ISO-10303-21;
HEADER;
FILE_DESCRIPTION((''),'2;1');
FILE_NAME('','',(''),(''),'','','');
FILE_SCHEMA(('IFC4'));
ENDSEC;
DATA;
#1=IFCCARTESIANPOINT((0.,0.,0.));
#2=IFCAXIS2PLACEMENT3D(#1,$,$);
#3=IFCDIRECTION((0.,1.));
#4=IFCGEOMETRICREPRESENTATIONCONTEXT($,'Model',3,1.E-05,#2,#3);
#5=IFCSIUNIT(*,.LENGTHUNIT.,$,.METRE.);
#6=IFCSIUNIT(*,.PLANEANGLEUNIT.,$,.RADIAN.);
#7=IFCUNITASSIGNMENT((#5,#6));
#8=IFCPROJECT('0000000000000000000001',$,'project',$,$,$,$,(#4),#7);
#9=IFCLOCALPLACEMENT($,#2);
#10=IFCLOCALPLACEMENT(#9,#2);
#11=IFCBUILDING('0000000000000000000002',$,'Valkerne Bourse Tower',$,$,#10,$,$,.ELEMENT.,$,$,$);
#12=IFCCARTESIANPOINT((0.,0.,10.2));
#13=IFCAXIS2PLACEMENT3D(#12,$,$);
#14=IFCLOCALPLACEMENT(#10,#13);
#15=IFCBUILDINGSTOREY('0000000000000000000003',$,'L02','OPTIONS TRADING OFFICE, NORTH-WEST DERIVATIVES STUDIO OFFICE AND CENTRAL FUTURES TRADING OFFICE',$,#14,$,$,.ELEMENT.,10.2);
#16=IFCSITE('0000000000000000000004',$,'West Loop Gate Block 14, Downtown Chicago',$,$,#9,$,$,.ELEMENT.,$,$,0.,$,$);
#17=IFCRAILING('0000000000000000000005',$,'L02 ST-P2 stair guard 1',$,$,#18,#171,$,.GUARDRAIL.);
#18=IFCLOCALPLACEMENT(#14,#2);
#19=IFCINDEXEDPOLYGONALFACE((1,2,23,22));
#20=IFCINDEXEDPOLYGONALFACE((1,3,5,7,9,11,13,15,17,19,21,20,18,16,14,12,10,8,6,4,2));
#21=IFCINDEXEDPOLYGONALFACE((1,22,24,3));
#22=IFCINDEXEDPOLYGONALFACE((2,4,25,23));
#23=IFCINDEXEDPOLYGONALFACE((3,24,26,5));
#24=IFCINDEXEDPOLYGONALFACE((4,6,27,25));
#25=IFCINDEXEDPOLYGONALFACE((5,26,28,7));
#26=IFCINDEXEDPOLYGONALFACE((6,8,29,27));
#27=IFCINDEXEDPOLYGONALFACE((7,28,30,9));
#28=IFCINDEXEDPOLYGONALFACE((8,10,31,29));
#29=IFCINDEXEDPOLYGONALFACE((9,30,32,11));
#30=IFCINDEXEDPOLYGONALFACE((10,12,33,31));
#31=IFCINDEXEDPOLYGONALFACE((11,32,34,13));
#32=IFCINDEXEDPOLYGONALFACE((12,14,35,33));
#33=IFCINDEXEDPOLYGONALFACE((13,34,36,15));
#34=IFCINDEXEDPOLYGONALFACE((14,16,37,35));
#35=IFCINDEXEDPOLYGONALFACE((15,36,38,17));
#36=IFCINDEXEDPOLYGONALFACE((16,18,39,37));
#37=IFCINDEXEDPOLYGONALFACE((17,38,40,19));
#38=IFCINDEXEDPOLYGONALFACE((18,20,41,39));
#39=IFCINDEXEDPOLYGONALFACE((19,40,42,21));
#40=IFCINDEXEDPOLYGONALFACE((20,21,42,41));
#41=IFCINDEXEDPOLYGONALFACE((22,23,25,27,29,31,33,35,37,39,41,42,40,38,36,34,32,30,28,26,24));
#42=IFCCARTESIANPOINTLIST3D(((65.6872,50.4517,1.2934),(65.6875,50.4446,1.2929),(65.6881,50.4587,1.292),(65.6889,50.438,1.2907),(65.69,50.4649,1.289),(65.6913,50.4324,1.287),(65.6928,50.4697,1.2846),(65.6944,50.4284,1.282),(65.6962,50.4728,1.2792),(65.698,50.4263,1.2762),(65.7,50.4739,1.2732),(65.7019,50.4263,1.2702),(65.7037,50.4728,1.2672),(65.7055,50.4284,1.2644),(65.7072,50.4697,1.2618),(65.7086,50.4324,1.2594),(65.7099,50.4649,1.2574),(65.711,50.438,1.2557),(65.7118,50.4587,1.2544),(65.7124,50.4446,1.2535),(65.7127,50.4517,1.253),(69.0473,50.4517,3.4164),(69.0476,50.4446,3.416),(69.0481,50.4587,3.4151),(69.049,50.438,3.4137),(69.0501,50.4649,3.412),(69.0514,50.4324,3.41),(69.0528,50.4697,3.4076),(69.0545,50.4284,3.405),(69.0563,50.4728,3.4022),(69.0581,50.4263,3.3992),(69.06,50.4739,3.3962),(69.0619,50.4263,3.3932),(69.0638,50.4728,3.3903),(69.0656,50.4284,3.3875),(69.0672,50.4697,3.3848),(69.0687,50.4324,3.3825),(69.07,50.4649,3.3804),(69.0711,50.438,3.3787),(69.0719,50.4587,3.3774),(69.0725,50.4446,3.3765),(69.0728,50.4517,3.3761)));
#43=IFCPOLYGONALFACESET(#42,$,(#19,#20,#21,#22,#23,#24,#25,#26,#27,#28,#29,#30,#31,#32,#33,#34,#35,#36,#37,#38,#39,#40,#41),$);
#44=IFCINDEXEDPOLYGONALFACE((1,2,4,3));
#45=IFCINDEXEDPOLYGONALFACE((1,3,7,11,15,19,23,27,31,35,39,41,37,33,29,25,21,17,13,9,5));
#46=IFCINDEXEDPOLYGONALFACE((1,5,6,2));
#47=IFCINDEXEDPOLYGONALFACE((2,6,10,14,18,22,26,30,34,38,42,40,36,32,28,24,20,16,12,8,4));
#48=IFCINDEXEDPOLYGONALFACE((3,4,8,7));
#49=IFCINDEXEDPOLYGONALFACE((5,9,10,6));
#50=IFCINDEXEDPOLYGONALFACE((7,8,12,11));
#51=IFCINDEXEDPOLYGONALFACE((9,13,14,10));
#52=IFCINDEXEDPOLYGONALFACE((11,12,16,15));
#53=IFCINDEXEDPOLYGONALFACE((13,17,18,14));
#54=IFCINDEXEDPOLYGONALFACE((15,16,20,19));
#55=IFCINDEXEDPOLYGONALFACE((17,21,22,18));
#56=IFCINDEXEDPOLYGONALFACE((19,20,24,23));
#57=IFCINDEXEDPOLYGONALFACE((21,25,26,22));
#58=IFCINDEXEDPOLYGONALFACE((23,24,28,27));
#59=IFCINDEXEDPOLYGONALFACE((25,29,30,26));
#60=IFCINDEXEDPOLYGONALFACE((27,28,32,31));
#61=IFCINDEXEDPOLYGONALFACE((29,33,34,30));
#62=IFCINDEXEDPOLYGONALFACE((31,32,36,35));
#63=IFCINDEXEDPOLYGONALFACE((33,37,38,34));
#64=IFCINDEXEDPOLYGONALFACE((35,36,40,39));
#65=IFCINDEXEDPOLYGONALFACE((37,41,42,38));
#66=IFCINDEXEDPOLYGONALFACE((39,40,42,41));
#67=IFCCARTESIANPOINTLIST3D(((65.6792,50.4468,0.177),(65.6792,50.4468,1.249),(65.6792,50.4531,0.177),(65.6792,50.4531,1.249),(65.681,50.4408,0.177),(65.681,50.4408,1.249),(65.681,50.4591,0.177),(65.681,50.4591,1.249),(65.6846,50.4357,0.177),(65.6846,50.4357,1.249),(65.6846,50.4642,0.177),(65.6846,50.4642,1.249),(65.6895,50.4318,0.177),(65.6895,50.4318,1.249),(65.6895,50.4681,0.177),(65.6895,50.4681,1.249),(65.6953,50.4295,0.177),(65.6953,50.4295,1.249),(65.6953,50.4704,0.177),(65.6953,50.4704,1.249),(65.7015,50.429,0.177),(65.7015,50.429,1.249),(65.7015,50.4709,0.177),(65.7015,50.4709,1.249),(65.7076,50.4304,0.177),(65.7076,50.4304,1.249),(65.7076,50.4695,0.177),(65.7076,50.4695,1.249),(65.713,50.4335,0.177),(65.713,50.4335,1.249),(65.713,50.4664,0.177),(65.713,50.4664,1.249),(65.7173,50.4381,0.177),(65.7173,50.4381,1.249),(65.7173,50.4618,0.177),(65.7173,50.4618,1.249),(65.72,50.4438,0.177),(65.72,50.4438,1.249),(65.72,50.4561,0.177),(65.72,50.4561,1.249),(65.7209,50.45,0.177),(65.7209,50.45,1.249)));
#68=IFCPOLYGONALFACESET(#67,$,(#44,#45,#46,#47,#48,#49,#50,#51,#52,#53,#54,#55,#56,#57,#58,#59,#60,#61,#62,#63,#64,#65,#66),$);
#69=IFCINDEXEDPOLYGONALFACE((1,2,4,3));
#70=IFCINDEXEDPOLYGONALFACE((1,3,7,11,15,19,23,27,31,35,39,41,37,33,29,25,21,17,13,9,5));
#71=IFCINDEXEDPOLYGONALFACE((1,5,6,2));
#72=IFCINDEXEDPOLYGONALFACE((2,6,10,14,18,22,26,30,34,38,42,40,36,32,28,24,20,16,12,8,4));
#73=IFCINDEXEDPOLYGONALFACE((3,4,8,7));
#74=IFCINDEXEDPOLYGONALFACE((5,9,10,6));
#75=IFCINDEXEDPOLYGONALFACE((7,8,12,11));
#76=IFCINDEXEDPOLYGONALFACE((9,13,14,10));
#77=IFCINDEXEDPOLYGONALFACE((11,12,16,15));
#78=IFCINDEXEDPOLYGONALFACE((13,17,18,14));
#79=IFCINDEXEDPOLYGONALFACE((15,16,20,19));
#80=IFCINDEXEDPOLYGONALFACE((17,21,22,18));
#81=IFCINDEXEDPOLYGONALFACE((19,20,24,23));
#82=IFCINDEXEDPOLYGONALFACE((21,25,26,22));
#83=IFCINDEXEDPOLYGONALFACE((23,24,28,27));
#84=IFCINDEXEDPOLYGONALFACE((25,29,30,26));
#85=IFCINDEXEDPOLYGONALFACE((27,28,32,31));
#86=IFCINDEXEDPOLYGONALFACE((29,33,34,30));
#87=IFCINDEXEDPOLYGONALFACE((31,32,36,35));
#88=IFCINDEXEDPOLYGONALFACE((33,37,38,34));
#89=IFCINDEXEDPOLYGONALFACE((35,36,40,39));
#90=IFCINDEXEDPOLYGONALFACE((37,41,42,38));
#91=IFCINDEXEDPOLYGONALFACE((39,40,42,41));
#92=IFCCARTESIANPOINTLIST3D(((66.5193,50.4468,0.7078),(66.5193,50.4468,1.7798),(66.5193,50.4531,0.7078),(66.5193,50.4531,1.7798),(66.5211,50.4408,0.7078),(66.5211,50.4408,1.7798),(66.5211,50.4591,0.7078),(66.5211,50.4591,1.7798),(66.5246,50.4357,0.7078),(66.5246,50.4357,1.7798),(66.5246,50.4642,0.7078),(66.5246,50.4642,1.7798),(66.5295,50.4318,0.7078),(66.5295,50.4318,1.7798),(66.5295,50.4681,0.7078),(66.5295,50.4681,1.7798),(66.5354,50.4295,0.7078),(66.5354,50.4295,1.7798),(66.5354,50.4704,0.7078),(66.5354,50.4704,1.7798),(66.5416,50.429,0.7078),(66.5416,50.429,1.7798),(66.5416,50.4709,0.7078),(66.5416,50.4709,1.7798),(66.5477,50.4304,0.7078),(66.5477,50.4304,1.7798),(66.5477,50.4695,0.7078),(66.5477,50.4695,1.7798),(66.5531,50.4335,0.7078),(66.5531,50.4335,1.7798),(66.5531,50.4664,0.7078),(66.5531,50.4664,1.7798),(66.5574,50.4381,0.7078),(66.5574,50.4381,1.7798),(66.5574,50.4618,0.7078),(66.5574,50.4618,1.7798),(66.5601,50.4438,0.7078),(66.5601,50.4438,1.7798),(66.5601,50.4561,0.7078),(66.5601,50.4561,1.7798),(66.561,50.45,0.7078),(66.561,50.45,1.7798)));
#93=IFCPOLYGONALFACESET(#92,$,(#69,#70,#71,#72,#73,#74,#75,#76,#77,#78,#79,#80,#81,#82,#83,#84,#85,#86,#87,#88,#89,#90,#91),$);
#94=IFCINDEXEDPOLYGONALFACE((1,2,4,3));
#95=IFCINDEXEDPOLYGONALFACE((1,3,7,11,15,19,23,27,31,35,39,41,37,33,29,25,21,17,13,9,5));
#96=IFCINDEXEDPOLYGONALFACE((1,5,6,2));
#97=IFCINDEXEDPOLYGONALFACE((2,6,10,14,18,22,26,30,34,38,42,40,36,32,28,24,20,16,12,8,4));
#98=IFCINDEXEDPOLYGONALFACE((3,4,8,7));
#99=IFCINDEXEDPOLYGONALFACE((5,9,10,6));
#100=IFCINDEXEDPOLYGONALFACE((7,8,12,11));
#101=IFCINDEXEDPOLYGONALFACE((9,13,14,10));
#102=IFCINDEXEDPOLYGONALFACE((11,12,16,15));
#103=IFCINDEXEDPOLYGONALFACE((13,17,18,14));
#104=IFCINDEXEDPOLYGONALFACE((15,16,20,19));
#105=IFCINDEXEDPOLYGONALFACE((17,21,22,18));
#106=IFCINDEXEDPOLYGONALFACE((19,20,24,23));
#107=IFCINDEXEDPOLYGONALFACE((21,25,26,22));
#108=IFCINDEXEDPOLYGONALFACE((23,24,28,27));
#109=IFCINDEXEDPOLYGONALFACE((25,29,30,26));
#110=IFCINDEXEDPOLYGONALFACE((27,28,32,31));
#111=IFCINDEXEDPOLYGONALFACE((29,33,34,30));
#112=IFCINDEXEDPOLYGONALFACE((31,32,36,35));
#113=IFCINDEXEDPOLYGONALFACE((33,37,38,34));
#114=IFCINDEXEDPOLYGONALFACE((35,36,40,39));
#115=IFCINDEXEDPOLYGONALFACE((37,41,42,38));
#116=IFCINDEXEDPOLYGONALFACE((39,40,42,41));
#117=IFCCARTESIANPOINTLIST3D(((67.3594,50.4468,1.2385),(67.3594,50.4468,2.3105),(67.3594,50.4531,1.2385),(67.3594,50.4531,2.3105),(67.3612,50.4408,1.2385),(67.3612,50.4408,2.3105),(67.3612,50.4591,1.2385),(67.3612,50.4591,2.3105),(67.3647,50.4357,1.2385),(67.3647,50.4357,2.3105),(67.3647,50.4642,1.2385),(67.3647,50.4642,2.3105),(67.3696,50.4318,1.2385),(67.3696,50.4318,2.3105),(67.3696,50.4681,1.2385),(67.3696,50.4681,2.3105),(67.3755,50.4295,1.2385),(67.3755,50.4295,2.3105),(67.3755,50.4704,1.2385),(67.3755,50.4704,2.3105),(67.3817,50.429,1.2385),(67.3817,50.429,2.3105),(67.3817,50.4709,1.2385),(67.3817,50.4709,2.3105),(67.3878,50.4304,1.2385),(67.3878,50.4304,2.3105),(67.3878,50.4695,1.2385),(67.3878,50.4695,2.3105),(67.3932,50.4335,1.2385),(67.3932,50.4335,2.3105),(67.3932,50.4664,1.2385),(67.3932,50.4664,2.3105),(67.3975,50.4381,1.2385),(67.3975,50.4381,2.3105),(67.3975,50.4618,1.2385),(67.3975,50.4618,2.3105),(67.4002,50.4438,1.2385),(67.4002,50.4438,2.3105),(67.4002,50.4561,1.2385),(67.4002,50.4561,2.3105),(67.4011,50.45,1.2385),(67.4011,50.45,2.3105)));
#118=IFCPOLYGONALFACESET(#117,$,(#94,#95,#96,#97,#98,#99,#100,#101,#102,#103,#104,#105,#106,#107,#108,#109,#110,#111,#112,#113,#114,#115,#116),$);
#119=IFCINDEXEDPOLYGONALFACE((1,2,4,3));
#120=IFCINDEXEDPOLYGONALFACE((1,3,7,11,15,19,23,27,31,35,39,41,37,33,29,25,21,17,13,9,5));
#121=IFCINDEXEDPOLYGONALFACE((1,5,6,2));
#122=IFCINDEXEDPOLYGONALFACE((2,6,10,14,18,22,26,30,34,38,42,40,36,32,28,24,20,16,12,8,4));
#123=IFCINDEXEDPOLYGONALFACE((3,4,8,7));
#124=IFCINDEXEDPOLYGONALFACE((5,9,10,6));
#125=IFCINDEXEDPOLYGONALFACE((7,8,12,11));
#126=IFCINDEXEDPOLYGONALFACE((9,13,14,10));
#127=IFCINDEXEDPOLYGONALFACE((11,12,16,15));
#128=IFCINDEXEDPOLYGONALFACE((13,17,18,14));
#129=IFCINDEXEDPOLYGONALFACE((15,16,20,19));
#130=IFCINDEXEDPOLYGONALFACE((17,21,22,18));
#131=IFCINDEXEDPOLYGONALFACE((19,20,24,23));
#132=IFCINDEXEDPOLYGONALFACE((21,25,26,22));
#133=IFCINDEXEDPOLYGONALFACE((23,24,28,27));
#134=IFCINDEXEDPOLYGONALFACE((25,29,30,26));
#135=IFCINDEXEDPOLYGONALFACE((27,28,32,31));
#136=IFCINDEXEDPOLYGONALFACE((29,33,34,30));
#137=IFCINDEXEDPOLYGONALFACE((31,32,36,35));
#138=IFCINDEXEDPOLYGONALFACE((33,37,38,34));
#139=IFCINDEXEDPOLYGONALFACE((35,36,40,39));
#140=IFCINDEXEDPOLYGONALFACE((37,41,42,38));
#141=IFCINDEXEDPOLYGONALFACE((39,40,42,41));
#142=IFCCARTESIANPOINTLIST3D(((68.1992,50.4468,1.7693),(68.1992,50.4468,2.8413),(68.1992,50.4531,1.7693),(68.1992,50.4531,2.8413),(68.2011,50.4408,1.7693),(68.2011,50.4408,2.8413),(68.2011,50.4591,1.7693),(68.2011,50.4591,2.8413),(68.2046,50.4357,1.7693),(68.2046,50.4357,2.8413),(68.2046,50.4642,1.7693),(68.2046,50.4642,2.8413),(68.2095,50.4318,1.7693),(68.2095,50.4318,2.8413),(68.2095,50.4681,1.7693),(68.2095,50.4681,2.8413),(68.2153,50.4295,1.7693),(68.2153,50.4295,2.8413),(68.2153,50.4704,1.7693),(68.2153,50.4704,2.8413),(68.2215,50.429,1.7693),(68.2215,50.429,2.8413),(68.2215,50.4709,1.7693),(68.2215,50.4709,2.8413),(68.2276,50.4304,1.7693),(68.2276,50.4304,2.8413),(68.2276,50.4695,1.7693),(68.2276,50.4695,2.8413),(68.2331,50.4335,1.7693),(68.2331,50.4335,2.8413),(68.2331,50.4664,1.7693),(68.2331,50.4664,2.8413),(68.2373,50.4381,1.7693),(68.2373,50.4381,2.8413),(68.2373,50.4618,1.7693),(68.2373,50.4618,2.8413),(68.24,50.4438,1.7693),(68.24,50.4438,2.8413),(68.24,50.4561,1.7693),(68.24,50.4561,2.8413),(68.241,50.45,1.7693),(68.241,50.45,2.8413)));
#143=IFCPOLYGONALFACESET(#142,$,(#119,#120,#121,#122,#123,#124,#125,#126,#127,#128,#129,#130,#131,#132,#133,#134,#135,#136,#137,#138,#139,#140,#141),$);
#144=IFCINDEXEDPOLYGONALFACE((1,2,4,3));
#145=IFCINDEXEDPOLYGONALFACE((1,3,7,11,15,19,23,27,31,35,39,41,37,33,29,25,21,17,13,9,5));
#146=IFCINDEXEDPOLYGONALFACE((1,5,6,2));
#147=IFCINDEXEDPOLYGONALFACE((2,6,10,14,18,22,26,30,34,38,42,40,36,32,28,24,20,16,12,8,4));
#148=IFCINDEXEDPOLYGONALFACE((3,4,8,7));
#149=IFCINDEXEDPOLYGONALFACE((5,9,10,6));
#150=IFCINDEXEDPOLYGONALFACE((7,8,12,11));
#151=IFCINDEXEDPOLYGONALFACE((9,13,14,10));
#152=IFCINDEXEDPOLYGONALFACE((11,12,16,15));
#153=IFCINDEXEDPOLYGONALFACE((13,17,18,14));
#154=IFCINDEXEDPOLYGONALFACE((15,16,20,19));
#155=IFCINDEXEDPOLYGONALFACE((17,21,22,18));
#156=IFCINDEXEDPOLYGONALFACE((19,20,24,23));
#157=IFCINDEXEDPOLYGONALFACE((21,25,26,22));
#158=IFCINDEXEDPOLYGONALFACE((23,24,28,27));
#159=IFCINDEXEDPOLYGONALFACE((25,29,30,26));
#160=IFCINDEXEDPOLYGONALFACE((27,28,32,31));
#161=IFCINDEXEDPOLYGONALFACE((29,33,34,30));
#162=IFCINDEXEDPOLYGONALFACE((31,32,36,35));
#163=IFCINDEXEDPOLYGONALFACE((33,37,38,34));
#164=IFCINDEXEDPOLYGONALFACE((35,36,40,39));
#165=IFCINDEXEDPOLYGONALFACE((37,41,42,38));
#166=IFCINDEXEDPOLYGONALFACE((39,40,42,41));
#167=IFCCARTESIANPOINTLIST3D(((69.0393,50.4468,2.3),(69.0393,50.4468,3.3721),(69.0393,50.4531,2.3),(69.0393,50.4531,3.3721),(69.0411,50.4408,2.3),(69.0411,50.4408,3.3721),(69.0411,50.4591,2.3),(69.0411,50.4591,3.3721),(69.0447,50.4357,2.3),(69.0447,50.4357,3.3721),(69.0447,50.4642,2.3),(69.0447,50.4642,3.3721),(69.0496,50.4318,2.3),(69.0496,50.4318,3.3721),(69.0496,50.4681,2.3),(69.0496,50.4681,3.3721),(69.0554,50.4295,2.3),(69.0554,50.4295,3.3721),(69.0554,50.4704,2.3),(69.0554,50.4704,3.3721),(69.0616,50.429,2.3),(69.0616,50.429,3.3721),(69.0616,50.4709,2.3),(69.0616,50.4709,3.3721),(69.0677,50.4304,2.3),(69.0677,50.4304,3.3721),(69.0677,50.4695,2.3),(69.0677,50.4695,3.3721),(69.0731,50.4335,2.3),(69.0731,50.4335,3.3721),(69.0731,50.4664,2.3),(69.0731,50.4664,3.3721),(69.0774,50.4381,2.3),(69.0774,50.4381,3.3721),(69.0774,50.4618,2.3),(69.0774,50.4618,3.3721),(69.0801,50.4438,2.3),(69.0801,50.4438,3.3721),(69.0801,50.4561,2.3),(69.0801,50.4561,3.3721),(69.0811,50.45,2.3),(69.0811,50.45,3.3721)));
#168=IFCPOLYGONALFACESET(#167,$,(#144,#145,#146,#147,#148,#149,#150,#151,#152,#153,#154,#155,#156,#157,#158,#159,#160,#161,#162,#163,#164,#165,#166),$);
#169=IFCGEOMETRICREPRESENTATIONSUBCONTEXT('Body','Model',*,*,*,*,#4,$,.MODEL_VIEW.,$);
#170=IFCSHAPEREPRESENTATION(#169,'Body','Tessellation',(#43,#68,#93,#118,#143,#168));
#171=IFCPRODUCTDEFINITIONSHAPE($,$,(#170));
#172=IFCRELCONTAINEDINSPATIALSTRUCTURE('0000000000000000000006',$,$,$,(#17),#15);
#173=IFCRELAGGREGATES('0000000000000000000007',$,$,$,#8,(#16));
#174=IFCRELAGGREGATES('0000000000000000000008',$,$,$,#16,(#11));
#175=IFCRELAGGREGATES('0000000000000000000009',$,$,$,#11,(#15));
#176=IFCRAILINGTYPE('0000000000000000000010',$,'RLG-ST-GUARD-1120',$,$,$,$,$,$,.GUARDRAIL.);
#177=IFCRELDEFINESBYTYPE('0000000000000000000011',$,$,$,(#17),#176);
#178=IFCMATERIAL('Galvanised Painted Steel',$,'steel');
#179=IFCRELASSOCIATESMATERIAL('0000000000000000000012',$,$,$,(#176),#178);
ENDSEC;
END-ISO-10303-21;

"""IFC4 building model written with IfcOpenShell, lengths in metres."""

from ifc_helpers import new_model, si_unit, direction, frame, origin, origin_2d, place, context, subcontext, project, spatial, circle, extrude, material, type_object, element, save


model = new_model("IFC4")

# Units and contexts
model_context = context("Model", 3, precision=1e-05, world=origin(), true_north=direction((0.0, 1.0)))
body_context = subcontext(model_context, "Body", "Model", "MODEL_VIEW")
ifc_project = project(units=[si_unit("LENGTHUNIT", "METRE"), si_unit("PLANEANGLEUNIT", "RADIAN")], contexts=[model_context])

# Site, building, storey
site_placement = place(None, origin())
site = spatial("IfcSite", under=ifc_project, at=site_placement, Name="West Loop Gate Block 14, Downtown Chicago", CompositionType="ELEMENT", RefElevation=0.0)
building_placement = place(site_placement, origin())
building = spatial("IfcBuilding", under=site, at=building_placement, Name="Valkerne Bourse Tower", CompositionType="ELEMENT")
storey_placement = place(building_placement, frame((0.0, 0.0, 10.2)))
storey = spatial("IfcBuildingStorey", under=building, at=storey_placement, Name="L02", Description="OPTIONS TRADING OFFICE, NORTH-WEST DERIVATIVES STUDIO OFFICE AND CENTRAL FUTURES TRADING OFFICE", CompositionType="ELEMENT", Elevation=10.2)

# Railing
ifc_material_1 = material(Name="Galvanised Painted Steel", Category="steel")
railing_type_1 = type_object("IfcRailingType", Name="RLG-ST-GUARD-1120", PredefinedType="GUARDRAIL", material=ifc_material_1)
railing_1_placement = place(storey_placement, frame((65.7, 50.45, 0.177)))
element("IfcRailing", 1, at=railing_1_placement, inside=storey, type_object=railing_type_1, Name="L02 ST-P2 stair guard 1", PredefinedType="GUARDRAIL", context=body_context, shape_type="SweptSolid", body=[
    extrude(circle(Radius=0.0239, at=origin_2d()), frame((0.0, 0.0, 1.0962), z_axis=(0.84539, 0.0, 0.53415), x_axis=(0.0, 1.0, 0.0)), (0.0, 0.0, 1.0), 3.9746),
    extrude(circle(Radius=0.021, at=origin_2d()), origin(), (0.0, 0.0, 1.0), 1.072),
    extrude(circle(Radius=0.021, at=origin_2d()), frame((0.8401, 0.0, 0.5308)), (0.0, 0.0, 1.0), 1.072),
    extrude(circle(Radius=0.021, at=origin_2d()), frame((1.6802, 0.0, 1.0615)), (0.0, 0.0, 1.0), 1.072),
    extrude(circle(Radius=0.021, at=origin_2d()), frame((2.52, 0.0, 1.5923)), (0.0, 0.0, 1.0), 1.072),
    extrude(circle(Radius=0.021, at=origin_2d()), frame((3.3601, 0.0, 2.123)), (0.0, 0.0, 1.0), 1.072),
])

save(model, "model.ifc")
